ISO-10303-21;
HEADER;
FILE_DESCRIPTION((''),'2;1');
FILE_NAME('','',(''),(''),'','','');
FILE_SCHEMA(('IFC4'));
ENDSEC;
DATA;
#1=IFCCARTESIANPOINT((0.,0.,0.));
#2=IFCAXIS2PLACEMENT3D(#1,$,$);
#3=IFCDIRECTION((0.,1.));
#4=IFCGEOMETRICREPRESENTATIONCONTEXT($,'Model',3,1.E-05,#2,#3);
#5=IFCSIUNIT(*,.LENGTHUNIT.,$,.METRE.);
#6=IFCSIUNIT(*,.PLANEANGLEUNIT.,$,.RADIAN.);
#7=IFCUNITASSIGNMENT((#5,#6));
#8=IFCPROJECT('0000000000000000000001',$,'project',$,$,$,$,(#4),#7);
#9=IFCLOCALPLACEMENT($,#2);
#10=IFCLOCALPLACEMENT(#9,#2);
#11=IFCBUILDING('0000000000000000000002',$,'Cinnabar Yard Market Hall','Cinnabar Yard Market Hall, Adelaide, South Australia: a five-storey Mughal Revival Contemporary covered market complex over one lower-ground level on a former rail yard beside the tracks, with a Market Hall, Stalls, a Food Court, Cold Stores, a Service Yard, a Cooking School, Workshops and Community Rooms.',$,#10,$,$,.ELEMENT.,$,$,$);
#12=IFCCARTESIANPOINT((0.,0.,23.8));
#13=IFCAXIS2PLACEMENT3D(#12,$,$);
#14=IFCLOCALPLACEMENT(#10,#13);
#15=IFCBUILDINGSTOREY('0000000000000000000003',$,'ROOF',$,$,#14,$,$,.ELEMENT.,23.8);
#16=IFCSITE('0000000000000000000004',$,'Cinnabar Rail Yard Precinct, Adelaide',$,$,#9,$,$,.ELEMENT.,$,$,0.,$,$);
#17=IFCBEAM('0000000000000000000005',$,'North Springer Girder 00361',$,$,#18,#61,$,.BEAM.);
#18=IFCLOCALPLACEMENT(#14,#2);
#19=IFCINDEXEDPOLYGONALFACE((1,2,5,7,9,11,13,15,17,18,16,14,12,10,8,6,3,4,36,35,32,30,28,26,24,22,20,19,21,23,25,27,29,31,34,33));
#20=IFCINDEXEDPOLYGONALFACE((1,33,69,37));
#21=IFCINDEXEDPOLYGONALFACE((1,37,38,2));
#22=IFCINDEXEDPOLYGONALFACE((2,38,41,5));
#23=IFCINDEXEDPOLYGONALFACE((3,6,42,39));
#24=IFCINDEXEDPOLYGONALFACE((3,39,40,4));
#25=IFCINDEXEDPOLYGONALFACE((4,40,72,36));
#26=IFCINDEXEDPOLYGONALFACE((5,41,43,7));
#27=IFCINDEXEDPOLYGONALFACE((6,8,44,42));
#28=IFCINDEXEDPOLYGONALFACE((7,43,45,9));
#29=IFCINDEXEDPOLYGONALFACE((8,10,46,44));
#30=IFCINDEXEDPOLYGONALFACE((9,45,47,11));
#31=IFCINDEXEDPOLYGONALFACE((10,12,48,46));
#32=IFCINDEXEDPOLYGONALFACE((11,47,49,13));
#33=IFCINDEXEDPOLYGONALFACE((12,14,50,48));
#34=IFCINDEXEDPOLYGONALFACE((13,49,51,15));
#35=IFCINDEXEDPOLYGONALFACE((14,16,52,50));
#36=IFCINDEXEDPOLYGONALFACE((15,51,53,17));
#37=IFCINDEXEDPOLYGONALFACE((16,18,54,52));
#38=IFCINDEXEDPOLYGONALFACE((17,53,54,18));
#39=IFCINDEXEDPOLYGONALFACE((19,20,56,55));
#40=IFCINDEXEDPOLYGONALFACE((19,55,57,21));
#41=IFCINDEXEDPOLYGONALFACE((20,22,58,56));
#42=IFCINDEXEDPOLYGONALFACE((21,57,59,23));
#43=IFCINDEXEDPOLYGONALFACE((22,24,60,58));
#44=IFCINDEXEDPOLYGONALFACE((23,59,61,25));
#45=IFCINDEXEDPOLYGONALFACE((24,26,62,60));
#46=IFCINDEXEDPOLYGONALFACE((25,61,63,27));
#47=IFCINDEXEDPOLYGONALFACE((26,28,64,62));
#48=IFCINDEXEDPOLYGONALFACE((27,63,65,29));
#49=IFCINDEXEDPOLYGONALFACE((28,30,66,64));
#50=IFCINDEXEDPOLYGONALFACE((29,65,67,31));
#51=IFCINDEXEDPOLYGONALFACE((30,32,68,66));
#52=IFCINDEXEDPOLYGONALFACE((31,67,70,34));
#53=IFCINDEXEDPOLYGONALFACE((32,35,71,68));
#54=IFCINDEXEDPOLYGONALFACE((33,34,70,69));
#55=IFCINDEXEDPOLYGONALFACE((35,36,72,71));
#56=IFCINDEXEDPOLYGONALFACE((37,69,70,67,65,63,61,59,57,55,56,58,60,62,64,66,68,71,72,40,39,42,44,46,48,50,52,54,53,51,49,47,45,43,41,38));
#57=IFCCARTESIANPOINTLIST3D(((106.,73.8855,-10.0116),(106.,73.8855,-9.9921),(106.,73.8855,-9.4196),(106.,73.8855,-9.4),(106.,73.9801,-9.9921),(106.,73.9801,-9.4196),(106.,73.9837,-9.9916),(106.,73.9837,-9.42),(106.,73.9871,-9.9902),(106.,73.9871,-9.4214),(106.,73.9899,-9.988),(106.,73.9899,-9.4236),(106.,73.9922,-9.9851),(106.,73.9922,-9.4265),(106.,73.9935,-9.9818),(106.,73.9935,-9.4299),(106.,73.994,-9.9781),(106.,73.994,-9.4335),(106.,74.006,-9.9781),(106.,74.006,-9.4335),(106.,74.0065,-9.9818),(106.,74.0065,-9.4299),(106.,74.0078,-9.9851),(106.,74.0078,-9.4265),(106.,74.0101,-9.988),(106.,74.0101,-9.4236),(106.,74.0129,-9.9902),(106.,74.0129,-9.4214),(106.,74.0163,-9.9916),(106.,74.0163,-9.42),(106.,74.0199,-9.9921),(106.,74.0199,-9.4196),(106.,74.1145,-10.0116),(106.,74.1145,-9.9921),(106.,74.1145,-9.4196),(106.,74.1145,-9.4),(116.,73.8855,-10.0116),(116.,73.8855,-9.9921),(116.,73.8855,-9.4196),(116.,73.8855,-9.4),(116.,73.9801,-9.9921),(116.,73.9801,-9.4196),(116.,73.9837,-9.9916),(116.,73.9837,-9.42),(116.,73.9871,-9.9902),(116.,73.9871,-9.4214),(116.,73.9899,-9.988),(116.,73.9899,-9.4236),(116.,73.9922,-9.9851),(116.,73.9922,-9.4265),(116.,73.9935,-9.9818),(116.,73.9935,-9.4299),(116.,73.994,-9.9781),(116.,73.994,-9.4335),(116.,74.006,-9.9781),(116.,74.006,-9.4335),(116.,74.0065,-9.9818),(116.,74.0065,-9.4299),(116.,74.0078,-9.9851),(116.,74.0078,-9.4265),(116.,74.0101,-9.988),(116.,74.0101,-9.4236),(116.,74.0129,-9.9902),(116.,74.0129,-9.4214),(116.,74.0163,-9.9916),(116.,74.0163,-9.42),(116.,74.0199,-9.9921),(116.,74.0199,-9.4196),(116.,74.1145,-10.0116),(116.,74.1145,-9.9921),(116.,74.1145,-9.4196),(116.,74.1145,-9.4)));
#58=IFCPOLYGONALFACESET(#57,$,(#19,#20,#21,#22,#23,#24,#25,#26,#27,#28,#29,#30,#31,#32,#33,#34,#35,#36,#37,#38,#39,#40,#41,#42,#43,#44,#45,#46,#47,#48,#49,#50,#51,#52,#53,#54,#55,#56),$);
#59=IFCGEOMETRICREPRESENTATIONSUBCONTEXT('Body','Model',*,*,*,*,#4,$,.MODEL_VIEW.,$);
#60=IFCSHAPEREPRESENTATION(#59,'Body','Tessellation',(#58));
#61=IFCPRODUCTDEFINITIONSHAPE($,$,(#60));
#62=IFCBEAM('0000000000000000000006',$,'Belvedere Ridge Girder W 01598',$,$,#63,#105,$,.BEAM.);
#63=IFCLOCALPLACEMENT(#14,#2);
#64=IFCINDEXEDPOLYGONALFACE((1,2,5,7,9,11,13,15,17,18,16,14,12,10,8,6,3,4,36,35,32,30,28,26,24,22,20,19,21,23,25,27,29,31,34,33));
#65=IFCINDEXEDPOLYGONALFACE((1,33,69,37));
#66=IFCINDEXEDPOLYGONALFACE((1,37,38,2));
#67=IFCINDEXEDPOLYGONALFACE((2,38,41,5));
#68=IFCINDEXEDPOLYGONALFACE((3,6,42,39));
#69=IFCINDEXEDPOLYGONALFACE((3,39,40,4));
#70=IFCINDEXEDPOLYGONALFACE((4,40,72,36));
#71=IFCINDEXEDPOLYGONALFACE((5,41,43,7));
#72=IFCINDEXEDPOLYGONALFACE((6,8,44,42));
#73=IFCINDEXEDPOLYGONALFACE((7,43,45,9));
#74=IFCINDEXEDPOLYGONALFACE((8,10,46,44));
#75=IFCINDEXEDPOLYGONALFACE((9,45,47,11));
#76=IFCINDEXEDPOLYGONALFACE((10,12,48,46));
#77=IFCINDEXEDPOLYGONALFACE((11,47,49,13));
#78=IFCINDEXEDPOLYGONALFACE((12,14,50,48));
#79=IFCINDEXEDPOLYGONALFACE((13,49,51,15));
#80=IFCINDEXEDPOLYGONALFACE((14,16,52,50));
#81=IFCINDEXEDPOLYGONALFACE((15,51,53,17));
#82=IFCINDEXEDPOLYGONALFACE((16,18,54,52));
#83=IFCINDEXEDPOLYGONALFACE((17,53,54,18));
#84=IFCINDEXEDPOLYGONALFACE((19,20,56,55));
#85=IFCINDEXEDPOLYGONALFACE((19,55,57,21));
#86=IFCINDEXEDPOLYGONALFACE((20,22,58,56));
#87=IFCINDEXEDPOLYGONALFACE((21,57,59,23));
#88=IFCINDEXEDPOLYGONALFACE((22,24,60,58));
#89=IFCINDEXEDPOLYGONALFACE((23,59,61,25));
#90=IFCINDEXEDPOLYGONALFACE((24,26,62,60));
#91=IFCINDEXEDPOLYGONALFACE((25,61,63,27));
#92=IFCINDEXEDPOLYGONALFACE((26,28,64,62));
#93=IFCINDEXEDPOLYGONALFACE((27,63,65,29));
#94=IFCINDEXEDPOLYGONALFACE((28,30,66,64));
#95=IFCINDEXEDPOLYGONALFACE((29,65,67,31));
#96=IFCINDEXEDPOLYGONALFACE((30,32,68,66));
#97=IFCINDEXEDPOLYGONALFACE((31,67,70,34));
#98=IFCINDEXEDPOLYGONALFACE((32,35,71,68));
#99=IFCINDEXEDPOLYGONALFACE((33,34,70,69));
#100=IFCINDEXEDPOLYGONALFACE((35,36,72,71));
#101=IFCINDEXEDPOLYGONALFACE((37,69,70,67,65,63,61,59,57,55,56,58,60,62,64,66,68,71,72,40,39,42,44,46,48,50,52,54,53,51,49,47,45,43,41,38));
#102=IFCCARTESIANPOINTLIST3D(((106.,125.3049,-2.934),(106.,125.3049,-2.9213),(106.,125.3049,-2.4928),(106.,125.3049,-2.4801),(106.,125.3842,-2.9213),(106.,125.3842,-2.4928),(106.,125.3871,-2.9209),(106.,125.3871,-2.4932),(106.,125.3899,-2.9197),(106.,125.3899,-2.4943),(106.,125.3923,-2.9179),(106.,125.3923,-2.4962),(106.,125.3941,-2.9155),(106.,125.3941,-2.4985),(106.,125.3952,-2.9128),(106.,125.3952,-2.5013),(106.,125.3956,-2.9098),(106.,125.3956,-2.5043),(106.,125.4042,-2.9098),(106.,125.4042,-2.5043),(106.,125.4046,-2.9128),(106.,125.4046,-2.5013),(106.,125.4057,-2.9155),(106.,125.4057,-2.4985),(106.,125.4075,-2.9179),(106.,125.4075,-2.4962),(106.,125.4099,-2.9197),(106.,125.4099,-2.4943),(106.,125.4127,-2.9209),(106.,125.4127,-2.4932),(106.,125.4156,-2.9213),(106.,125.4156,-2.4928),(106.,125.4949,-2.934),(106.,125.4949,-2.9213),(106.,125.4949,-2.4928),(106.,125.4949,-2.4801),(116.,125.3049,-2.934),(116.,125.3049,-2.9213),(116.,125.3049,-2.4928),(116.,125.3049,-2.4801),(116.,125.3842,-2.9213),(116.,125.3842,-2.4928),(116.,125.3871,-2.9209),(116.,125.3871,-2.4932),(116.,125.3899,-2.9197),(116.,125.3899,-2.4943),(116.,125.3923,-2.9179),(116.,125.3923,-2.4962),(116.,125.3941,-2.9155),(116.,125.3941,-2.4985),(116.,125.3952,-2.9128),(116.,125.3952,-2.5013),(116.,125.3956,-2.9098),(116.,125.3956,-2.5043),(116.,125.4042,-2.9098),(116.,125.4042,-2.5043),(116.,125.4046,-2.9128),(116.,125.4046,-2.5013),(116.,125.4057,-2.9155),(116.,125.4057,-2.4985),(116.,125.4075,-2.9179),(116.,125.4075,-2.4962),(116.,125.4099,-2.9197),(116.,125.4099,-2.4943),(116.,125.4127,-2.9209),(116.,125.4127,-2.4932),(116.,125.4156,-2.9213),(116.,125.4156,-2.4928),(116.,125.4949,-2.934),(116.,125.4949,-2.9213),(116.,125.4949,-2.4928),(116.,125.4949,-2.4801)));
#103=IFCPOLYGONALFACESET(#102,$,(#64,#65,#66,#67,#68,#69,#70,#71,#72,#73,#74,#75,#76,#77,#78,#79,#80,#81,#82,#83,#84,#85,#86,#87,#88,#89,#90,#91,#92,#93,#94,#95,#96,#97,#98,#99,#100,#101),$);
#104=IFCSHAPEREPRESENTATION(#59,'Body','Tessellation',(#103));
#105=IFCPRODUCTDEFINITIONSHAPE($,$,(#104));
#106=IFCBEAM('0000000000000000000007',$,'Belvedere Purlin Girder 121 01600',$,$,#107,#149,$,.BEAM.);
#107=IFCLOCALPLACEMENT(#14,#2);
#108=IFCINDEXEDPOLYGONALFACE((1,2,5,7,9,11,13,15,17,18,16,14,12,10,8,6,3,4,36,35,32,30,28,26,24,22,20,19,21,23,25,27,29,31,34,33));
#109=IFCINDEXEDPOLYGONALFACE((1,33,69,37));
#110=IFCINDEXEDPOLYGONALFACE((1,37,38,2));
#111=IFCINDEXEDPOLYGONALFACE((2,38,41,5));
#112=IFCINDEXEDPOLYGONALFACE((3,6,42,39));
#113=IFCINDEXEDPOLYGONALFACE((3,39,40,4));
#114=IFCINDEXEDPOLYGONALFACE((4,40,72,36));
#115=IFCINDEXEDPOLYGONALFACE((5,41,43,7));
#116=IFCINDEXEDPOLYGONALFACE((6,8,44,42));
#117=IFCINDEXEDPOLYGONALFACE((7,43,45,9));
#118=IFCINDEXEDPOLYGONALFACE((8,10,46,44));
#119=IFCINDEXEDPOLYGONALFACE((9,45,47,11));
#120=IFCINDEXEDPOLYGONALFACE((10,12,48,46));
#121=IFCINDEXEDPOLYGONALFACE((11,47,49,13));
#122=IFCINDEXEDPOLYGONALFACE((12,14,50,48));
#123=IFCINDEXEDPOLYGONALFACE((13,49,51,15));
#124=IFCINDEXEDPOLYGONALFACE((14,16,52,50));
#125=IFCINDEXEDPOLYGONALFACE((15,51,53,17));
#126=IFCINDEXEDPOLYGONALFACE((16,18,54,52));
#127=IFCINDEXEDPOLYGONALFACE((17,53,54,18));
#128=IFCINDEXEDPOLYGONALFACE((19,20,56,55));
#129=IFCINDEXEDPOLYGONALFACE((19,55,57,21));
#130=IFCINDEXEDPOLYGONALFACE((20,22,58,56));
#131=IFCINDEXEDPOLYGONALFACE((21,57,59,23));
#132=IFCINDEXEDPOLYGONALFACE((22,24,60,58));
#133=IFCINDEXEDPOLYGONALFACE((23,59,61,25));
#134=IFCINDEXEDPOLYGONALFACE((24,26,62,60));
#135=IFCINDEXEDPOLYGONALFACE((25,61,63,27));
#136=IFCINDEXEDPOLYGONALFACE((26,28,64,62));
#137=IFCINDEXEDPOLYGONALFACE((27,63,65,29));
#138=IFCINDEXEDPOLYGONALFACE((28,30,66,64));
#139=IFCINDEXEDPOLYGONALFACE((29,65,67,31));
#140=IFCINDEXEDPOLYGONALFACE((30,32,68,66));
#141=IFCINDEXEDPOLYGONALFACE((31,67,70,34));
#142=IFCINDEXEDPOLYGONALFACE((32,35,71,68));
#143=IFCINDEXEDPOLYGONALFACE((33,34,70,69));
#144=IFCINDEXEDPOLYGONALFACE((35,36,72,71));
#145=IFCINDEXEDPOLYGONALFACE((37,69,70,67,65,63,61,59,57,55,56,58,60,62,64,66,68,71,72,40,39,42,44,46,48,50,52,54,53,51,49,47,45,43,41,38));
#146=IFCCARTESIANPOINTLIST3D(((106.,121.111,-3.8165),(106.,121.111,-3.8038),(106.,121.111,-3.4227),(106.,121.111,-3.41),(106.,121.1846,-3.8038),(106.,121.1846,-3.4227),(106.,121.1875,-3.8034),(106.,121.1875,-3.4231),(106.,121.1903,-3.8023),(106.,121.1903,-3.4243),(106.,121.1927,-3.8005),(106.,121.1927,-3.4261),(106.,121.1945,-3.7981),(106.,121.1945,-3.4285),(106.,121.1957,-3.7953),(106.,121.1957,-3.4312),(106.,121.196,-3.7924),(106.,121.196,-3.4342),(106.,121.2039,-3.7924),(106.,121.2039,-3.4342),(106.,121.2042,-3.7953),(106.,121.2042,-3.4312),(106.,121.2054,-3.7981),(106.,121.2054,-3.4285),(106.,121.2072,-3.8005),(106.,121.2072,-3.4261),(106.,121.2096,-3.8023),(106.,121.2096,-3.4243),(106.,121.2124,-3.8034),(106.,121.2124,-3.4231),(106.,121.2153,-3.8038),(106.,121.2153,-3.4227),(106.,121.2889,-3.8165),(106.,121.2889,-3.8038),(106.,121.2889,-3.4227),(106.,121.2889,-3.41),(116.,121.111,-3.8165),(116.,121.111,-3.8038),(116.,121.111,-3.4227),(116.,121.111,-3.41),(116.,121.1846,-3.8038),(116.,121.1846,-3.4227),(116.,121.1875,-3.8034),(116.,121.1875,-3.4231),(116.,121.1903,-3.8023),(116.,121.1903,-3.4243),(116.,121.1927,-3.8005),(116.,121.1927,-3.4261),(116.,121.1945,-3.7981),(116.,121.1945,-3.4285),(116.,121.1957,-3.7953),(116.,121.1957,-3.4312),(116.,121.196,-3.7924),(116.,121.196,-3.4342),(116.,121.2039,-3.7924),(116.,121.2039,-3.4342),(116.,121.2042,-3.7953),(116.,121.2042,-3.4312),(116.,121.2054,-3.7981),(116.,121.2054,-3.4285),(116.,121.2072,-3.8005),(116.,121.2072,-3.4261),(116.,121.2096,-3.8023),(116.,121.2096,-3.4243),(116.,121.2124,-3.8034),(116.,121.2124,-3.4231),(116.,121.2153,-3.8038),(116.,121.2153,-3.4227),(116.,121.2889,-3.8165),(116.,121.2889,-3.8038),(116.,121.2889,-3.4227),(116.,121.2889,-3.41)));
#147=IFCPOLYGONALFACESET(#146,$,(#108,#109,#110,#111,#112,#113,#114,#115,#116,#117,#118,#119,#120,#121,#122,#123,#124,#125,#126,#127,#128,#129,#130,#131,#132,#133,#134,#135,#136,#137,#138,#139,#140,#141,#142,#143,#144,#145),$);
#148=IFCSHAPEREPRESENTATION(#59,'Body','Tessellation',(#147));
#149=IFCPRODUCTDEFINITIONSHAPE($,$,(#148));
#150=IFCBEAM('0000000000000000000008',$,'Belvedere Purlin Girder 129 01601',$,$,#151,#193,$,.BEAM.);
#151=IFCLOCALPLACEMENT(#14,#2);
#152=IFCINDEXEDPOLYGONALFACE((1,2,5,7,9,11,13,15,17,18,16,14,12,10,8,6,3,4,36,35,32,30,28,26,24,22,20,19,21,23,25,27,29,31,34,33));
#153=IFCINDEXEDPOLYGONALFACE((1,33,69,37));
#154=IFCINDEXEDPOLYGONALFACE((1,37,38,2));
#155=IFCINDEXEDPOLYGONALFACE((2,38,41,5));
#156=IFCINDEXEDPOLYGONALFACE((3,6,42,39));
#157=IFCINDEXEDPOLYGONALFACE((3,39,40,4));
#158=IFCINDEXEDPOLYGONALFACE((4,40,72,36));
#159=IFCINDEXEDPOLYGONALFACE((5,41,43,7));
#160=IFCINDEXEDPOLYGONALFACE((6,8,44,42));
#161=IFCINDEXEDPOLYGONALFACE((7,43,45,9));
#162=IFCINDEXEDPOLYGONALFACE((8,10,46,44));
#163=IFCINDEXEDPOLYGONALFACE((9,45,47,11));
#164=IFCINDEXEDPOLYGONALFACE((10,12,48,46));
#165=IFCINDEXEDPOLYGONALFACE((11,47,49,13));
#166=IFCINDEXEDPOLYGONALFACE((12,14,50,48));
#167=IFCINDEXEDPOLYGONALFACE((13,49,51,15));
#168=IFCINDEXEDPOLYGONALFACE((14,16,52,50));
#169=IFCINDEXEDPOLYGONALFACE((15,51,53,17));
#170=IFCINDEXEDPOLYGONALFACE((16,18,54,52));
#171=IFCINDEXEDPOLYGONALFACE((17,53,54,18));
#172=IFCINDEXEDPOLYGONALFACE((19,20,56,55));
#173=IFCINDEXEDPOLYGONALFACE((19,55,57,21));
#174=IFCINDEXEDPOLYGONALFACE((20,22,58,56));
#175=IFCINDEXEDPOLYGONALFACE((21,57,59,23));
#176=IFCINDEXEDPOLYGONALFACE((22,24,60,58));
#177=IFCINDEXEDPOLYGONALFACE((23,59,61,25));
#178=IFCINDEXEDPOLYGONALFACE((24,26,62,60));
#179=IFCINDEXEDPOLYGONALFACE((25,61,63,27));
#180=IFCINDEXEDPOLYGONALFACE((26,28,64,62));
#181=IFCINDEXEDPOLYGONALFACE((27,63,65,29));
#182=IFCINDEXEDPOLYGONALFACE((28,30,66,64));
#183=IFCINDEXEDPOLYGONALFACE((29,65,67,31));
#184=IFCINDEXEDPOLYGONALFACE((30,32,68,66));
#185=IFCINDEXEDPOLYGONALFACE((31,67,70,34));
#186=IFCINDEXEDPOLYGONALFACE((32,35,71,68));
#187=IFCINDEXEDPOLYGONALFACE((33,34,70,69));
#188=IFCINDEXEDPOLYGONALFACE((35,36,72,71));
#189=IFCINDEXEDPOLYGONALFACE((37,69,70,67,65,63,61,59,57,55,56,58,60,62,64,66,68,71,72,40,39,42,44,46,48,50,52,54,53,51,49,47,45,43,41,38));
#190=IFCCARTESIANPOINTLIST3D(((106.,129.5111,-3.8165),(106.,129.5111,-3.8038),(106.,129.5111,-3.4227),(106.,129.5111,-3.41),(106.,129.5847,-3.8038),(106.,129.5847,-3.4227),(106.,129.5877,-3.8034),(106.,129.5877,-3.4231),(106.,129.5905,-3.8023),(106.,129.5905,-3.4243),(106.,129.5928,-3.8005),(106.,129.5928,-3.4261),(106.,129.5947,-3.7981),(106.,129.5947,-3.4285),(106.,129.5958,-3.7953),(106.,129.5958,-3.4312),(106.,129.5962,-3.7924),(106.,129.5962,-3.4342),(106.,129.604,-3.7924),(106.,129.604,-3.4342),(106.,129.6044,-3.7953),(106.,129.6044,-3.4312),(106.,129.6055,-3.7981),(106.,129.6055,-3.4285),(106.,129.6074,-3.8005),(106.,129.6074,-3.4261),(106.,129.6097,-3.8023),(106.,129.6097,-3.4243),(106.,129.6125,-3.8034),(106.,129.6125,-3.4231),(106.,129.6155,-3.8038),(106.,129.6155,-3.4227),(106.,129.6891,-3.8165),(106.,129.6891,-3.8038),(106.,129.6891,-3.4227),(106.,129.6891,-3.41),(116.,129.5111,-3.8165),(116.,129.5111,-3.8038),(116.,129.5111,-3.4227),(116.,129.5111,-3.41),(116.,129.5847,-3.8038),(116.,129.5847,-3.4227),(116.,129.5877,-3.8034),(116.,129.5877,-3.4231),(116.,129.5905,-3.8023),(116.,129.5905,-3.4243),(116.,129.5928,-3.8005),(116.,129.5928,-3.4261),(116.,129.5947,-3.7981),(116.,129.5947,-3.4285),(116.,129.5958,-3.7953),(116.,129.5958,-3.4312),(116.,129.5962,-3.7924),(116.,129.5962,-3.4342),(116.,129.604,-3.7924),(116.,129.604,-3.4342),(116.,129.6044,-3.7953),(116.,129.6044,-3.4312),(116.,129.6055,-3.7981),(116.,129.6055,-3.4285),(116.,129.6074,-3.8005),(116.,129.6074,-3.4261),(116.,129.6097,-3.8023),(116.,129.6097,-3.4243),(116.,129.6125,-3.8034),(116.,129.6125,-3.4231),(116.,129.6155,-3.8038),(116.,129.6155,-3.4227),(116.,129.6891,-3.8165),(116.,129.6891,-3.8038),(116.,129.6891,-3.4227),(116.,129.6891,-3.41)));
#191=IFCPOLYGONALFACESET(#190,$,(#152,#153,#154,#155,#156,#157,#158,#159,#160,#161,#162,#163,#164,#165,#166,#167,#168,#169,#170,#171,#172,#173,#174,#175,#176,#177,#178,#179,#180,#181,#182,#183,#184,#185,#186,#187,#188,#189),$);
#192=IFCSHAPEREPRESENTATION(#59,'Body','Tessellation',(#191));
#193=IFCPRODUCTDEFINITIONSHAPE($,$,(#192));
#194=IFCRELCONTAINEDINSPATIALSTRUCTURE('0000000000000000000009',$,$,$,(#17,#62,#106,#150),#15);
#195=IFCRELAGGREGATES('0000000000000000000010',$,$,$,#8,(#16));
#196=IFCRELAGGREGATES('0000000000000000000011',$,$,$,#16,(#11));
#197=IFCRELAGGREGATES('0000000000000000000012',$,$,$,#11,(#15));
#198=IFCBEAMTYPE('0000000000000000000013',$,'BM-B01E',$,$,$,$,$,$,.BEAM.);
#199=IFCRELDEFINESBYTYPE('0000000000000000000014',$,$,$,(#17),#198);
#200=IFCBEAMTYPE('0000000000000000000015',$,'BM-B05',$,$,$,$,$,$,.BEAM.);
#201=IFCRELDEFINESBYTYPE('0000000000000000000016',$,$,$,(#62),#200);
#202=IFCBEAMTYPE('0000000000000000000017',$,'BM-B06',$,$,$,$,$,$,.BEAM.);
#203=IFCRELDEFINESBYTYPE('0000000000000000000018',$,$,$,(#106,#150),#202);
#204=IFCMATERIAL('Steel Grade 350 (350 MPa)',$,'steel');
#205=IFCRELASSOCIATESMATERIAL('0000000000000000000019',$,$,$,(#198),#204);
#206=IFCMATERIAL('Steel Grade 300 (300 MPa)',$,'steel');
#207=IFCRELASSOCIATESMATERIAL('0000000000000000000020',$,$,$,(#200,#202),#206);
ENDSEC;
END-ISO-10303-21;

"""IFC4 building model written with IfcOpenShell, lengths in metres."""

from ifc_helpers import new_model, si_unit, direction, frame, origin, origin_2d_with_axis, place, context, subcontext, project, spatial, i_section, extrude, material, material_profile, profile_set, type_object, element, save


model = new_model("IFC4")

# Units and contexts
model_context = context("Model", 3, precision=1e-05, world=origin(), true_north=direction((0.0, 1.0)))
body_context = subcontext(model_context, "Body", "Model", "MODEL_VIEW")
ifc_project = project(units=[si_unit("LENGTHUNIT", "METRE"), si_unit("PLANEANGLEUNIT", "RADIAN")], contexts=[model_context])

# Site, building, storey
site_placement = place(None, origin())
site = spatial("IfcSite", under=ifc_project, at=site_placement, Name="Cinnabar Rail Yard Precinct, Adelaide", CompositionType="ELEMENT", RefElevation=0.0)
building_placement = place(site_placement, origin())
building = spatial("IfcBuilding", under=site, at=building_placement, Name="Cinnabar Yard Market Hall", Description="Cinnabar Yard Market Hall, Adelaide, South Australia: a five-storey Mughal Revival Contemporary covered market complex over one lower-ground level on a former rail yard beside the tracks, with a Market Hall, Stalls, a Food Court, Cold Stores, a Service Yard, a Cooking School, Workshops and Community Rooms.", CompositionType="ELEMENT")
storey_placement = place(building_placement, frame((0.0, 0.0, 23.8)))
storey = spatial("IfcBuildingStorey", under=building, at=storey_placement, Name="ROOF", CompositionType="ELEMENT", Elevation=23.8)

# Beams
ifc_material_1 = material(Name="Steel Grade 350 (350 MPa)", Category="steel")
ifc_material_profile_1 = material_profile(ifc_material_1, i_section(OverallWidth=0.229, OverallDepth=0.6116, WebThickness=0.012, FlangeThickness=0.0195, FilletRadius=0.0139, at=origin_2d_with_axis()), Name="610UB125")
ifc_profile_set_1 = profile_set([ifc_material_profile_1], Name="Steel Grade 350 (350 MPa)")
beam_type_1 = type_object("IfcBeamType", Name="BM-B01E", PredefinedType="BEAM", material=ifc_profile_set_1)
beam_1_placement = place(storey_placement, frame((106.0, 74.0, -9.7058), z_axis=(1.0, 0.0, 0.0), x_axis=(0.0, 1.0, 0.0)))
element("IfcBeam", 1, at=beam_1_placement, inside=storey, type_object=beam_type_1, Name="North Springer Girder 00361", PredefinedType="BEAM", context=body_context, shape_type="SweptSolid", body=[
    extrude(i_section(OverallWidth=0.229, OverallDepth=0.6116, WebThickness=0.012, FlangeThickness=0.0195, FilletRadius=0.0139, at=origin_2d_with_axis()), origin(), (0.0, 0.0, 1.0), 10.0),
])
ifc_material_2 = material(Name="Steel Grade 300 (300 MPa)", Category="steel")
ifc_material_profile_2 = material_profile(ifc_material_2, i_section(OverallWidth=0.1899, OverallDepth=0.4539, WebThickness=0.0085, FlangeThickness=0.0127, FilletRadius=0.0115, at=origin_2d_with_axis()), Name="460UB67.1")
ifc_profile_set_2 = profile_set([ifc_material_profile_2], Name="Steel Grade 300 (300 MPa)")
beam_type_2 = type_object("IfcBeamType", Name="BM-B05", PredefinedType="BEAM", material=ifc_profile_set_2)
beam_2_placement = place(storey_placement, frame((106.0, 125.3999, -2.707), z_axis=(1.0, 0.0, 0.0), x_axis=(0.0, 1.0, 0.0)))
element("IfcBeam", 2, at=beam_2_placement, inside=storey, type_object=beam_type_2, Name="Belvedere Ridge Girder W 01598", PredefinedType="BEAM", context=body_context, shape_type="SweptSolid", body=[
    extrude(i_section(OverallWidth=0.1899, OverallDepth=0.4539, WebThickness=0.0085, FlangeThickness=0.0127, FilletRadius=0.0115, at=origin_2d_with_axis()), origin(), (0.0, 0.0, 1.0), 10.0),
])
ifc_material_profile_3 = material_profile(ifc_material_2, i_section(OverallWidth=0.178, OverallDepth=0.4065, WebThickness=0.0078, FlangeThickness=0.0127, FilletRadius=0.0115, at=origin_2d_with_axis()), Name="410UB59.7")
ifc_profile_set_3 = profile_set([ifc_material_profile_3], Name="Steel Grade 300 (300 MPa)")
beam_type_3 = type_object("IfcBeamType", Name="BM-B06", PredefinedType="BEAM", material=ifc_profile_set_3)
for number, where, z_axis, x_axis, name in (
    (3, (106.0, 121.2, -3.6133), (1.0, 0.0, 0.0), (0.0, 1.0, 0.0), "Belvedere Purlin Girder 121 01600"),
    (4, (106.0, 129.6001, -3.6133), (1.0, 0.0, 0.0), (0.0, 1.0, 0.0), "Belvedere Purlin Girder 129 01601"),
):
    element("IfcBeam", number, at=place(storey_placement, frame(where, z_axis=z_axis, x_axis=x_axis)), inside=storey, type_object=beam_type_3, Name=name, PredefinedType="BEAM", context=body_context, shape_type="SweptSolid", body=[
        extrude(i_section(OverallWidth=0.178, OverallDepth=0.4065, WebThickness=0.0078, FlangeThickness=0.0127, FilletRadius=0.0115, at=origin_2d_with_axis()), origin(), (0.0, 0.0, 1.0), 10.0),
    ])

save(model, "model.ifc")
